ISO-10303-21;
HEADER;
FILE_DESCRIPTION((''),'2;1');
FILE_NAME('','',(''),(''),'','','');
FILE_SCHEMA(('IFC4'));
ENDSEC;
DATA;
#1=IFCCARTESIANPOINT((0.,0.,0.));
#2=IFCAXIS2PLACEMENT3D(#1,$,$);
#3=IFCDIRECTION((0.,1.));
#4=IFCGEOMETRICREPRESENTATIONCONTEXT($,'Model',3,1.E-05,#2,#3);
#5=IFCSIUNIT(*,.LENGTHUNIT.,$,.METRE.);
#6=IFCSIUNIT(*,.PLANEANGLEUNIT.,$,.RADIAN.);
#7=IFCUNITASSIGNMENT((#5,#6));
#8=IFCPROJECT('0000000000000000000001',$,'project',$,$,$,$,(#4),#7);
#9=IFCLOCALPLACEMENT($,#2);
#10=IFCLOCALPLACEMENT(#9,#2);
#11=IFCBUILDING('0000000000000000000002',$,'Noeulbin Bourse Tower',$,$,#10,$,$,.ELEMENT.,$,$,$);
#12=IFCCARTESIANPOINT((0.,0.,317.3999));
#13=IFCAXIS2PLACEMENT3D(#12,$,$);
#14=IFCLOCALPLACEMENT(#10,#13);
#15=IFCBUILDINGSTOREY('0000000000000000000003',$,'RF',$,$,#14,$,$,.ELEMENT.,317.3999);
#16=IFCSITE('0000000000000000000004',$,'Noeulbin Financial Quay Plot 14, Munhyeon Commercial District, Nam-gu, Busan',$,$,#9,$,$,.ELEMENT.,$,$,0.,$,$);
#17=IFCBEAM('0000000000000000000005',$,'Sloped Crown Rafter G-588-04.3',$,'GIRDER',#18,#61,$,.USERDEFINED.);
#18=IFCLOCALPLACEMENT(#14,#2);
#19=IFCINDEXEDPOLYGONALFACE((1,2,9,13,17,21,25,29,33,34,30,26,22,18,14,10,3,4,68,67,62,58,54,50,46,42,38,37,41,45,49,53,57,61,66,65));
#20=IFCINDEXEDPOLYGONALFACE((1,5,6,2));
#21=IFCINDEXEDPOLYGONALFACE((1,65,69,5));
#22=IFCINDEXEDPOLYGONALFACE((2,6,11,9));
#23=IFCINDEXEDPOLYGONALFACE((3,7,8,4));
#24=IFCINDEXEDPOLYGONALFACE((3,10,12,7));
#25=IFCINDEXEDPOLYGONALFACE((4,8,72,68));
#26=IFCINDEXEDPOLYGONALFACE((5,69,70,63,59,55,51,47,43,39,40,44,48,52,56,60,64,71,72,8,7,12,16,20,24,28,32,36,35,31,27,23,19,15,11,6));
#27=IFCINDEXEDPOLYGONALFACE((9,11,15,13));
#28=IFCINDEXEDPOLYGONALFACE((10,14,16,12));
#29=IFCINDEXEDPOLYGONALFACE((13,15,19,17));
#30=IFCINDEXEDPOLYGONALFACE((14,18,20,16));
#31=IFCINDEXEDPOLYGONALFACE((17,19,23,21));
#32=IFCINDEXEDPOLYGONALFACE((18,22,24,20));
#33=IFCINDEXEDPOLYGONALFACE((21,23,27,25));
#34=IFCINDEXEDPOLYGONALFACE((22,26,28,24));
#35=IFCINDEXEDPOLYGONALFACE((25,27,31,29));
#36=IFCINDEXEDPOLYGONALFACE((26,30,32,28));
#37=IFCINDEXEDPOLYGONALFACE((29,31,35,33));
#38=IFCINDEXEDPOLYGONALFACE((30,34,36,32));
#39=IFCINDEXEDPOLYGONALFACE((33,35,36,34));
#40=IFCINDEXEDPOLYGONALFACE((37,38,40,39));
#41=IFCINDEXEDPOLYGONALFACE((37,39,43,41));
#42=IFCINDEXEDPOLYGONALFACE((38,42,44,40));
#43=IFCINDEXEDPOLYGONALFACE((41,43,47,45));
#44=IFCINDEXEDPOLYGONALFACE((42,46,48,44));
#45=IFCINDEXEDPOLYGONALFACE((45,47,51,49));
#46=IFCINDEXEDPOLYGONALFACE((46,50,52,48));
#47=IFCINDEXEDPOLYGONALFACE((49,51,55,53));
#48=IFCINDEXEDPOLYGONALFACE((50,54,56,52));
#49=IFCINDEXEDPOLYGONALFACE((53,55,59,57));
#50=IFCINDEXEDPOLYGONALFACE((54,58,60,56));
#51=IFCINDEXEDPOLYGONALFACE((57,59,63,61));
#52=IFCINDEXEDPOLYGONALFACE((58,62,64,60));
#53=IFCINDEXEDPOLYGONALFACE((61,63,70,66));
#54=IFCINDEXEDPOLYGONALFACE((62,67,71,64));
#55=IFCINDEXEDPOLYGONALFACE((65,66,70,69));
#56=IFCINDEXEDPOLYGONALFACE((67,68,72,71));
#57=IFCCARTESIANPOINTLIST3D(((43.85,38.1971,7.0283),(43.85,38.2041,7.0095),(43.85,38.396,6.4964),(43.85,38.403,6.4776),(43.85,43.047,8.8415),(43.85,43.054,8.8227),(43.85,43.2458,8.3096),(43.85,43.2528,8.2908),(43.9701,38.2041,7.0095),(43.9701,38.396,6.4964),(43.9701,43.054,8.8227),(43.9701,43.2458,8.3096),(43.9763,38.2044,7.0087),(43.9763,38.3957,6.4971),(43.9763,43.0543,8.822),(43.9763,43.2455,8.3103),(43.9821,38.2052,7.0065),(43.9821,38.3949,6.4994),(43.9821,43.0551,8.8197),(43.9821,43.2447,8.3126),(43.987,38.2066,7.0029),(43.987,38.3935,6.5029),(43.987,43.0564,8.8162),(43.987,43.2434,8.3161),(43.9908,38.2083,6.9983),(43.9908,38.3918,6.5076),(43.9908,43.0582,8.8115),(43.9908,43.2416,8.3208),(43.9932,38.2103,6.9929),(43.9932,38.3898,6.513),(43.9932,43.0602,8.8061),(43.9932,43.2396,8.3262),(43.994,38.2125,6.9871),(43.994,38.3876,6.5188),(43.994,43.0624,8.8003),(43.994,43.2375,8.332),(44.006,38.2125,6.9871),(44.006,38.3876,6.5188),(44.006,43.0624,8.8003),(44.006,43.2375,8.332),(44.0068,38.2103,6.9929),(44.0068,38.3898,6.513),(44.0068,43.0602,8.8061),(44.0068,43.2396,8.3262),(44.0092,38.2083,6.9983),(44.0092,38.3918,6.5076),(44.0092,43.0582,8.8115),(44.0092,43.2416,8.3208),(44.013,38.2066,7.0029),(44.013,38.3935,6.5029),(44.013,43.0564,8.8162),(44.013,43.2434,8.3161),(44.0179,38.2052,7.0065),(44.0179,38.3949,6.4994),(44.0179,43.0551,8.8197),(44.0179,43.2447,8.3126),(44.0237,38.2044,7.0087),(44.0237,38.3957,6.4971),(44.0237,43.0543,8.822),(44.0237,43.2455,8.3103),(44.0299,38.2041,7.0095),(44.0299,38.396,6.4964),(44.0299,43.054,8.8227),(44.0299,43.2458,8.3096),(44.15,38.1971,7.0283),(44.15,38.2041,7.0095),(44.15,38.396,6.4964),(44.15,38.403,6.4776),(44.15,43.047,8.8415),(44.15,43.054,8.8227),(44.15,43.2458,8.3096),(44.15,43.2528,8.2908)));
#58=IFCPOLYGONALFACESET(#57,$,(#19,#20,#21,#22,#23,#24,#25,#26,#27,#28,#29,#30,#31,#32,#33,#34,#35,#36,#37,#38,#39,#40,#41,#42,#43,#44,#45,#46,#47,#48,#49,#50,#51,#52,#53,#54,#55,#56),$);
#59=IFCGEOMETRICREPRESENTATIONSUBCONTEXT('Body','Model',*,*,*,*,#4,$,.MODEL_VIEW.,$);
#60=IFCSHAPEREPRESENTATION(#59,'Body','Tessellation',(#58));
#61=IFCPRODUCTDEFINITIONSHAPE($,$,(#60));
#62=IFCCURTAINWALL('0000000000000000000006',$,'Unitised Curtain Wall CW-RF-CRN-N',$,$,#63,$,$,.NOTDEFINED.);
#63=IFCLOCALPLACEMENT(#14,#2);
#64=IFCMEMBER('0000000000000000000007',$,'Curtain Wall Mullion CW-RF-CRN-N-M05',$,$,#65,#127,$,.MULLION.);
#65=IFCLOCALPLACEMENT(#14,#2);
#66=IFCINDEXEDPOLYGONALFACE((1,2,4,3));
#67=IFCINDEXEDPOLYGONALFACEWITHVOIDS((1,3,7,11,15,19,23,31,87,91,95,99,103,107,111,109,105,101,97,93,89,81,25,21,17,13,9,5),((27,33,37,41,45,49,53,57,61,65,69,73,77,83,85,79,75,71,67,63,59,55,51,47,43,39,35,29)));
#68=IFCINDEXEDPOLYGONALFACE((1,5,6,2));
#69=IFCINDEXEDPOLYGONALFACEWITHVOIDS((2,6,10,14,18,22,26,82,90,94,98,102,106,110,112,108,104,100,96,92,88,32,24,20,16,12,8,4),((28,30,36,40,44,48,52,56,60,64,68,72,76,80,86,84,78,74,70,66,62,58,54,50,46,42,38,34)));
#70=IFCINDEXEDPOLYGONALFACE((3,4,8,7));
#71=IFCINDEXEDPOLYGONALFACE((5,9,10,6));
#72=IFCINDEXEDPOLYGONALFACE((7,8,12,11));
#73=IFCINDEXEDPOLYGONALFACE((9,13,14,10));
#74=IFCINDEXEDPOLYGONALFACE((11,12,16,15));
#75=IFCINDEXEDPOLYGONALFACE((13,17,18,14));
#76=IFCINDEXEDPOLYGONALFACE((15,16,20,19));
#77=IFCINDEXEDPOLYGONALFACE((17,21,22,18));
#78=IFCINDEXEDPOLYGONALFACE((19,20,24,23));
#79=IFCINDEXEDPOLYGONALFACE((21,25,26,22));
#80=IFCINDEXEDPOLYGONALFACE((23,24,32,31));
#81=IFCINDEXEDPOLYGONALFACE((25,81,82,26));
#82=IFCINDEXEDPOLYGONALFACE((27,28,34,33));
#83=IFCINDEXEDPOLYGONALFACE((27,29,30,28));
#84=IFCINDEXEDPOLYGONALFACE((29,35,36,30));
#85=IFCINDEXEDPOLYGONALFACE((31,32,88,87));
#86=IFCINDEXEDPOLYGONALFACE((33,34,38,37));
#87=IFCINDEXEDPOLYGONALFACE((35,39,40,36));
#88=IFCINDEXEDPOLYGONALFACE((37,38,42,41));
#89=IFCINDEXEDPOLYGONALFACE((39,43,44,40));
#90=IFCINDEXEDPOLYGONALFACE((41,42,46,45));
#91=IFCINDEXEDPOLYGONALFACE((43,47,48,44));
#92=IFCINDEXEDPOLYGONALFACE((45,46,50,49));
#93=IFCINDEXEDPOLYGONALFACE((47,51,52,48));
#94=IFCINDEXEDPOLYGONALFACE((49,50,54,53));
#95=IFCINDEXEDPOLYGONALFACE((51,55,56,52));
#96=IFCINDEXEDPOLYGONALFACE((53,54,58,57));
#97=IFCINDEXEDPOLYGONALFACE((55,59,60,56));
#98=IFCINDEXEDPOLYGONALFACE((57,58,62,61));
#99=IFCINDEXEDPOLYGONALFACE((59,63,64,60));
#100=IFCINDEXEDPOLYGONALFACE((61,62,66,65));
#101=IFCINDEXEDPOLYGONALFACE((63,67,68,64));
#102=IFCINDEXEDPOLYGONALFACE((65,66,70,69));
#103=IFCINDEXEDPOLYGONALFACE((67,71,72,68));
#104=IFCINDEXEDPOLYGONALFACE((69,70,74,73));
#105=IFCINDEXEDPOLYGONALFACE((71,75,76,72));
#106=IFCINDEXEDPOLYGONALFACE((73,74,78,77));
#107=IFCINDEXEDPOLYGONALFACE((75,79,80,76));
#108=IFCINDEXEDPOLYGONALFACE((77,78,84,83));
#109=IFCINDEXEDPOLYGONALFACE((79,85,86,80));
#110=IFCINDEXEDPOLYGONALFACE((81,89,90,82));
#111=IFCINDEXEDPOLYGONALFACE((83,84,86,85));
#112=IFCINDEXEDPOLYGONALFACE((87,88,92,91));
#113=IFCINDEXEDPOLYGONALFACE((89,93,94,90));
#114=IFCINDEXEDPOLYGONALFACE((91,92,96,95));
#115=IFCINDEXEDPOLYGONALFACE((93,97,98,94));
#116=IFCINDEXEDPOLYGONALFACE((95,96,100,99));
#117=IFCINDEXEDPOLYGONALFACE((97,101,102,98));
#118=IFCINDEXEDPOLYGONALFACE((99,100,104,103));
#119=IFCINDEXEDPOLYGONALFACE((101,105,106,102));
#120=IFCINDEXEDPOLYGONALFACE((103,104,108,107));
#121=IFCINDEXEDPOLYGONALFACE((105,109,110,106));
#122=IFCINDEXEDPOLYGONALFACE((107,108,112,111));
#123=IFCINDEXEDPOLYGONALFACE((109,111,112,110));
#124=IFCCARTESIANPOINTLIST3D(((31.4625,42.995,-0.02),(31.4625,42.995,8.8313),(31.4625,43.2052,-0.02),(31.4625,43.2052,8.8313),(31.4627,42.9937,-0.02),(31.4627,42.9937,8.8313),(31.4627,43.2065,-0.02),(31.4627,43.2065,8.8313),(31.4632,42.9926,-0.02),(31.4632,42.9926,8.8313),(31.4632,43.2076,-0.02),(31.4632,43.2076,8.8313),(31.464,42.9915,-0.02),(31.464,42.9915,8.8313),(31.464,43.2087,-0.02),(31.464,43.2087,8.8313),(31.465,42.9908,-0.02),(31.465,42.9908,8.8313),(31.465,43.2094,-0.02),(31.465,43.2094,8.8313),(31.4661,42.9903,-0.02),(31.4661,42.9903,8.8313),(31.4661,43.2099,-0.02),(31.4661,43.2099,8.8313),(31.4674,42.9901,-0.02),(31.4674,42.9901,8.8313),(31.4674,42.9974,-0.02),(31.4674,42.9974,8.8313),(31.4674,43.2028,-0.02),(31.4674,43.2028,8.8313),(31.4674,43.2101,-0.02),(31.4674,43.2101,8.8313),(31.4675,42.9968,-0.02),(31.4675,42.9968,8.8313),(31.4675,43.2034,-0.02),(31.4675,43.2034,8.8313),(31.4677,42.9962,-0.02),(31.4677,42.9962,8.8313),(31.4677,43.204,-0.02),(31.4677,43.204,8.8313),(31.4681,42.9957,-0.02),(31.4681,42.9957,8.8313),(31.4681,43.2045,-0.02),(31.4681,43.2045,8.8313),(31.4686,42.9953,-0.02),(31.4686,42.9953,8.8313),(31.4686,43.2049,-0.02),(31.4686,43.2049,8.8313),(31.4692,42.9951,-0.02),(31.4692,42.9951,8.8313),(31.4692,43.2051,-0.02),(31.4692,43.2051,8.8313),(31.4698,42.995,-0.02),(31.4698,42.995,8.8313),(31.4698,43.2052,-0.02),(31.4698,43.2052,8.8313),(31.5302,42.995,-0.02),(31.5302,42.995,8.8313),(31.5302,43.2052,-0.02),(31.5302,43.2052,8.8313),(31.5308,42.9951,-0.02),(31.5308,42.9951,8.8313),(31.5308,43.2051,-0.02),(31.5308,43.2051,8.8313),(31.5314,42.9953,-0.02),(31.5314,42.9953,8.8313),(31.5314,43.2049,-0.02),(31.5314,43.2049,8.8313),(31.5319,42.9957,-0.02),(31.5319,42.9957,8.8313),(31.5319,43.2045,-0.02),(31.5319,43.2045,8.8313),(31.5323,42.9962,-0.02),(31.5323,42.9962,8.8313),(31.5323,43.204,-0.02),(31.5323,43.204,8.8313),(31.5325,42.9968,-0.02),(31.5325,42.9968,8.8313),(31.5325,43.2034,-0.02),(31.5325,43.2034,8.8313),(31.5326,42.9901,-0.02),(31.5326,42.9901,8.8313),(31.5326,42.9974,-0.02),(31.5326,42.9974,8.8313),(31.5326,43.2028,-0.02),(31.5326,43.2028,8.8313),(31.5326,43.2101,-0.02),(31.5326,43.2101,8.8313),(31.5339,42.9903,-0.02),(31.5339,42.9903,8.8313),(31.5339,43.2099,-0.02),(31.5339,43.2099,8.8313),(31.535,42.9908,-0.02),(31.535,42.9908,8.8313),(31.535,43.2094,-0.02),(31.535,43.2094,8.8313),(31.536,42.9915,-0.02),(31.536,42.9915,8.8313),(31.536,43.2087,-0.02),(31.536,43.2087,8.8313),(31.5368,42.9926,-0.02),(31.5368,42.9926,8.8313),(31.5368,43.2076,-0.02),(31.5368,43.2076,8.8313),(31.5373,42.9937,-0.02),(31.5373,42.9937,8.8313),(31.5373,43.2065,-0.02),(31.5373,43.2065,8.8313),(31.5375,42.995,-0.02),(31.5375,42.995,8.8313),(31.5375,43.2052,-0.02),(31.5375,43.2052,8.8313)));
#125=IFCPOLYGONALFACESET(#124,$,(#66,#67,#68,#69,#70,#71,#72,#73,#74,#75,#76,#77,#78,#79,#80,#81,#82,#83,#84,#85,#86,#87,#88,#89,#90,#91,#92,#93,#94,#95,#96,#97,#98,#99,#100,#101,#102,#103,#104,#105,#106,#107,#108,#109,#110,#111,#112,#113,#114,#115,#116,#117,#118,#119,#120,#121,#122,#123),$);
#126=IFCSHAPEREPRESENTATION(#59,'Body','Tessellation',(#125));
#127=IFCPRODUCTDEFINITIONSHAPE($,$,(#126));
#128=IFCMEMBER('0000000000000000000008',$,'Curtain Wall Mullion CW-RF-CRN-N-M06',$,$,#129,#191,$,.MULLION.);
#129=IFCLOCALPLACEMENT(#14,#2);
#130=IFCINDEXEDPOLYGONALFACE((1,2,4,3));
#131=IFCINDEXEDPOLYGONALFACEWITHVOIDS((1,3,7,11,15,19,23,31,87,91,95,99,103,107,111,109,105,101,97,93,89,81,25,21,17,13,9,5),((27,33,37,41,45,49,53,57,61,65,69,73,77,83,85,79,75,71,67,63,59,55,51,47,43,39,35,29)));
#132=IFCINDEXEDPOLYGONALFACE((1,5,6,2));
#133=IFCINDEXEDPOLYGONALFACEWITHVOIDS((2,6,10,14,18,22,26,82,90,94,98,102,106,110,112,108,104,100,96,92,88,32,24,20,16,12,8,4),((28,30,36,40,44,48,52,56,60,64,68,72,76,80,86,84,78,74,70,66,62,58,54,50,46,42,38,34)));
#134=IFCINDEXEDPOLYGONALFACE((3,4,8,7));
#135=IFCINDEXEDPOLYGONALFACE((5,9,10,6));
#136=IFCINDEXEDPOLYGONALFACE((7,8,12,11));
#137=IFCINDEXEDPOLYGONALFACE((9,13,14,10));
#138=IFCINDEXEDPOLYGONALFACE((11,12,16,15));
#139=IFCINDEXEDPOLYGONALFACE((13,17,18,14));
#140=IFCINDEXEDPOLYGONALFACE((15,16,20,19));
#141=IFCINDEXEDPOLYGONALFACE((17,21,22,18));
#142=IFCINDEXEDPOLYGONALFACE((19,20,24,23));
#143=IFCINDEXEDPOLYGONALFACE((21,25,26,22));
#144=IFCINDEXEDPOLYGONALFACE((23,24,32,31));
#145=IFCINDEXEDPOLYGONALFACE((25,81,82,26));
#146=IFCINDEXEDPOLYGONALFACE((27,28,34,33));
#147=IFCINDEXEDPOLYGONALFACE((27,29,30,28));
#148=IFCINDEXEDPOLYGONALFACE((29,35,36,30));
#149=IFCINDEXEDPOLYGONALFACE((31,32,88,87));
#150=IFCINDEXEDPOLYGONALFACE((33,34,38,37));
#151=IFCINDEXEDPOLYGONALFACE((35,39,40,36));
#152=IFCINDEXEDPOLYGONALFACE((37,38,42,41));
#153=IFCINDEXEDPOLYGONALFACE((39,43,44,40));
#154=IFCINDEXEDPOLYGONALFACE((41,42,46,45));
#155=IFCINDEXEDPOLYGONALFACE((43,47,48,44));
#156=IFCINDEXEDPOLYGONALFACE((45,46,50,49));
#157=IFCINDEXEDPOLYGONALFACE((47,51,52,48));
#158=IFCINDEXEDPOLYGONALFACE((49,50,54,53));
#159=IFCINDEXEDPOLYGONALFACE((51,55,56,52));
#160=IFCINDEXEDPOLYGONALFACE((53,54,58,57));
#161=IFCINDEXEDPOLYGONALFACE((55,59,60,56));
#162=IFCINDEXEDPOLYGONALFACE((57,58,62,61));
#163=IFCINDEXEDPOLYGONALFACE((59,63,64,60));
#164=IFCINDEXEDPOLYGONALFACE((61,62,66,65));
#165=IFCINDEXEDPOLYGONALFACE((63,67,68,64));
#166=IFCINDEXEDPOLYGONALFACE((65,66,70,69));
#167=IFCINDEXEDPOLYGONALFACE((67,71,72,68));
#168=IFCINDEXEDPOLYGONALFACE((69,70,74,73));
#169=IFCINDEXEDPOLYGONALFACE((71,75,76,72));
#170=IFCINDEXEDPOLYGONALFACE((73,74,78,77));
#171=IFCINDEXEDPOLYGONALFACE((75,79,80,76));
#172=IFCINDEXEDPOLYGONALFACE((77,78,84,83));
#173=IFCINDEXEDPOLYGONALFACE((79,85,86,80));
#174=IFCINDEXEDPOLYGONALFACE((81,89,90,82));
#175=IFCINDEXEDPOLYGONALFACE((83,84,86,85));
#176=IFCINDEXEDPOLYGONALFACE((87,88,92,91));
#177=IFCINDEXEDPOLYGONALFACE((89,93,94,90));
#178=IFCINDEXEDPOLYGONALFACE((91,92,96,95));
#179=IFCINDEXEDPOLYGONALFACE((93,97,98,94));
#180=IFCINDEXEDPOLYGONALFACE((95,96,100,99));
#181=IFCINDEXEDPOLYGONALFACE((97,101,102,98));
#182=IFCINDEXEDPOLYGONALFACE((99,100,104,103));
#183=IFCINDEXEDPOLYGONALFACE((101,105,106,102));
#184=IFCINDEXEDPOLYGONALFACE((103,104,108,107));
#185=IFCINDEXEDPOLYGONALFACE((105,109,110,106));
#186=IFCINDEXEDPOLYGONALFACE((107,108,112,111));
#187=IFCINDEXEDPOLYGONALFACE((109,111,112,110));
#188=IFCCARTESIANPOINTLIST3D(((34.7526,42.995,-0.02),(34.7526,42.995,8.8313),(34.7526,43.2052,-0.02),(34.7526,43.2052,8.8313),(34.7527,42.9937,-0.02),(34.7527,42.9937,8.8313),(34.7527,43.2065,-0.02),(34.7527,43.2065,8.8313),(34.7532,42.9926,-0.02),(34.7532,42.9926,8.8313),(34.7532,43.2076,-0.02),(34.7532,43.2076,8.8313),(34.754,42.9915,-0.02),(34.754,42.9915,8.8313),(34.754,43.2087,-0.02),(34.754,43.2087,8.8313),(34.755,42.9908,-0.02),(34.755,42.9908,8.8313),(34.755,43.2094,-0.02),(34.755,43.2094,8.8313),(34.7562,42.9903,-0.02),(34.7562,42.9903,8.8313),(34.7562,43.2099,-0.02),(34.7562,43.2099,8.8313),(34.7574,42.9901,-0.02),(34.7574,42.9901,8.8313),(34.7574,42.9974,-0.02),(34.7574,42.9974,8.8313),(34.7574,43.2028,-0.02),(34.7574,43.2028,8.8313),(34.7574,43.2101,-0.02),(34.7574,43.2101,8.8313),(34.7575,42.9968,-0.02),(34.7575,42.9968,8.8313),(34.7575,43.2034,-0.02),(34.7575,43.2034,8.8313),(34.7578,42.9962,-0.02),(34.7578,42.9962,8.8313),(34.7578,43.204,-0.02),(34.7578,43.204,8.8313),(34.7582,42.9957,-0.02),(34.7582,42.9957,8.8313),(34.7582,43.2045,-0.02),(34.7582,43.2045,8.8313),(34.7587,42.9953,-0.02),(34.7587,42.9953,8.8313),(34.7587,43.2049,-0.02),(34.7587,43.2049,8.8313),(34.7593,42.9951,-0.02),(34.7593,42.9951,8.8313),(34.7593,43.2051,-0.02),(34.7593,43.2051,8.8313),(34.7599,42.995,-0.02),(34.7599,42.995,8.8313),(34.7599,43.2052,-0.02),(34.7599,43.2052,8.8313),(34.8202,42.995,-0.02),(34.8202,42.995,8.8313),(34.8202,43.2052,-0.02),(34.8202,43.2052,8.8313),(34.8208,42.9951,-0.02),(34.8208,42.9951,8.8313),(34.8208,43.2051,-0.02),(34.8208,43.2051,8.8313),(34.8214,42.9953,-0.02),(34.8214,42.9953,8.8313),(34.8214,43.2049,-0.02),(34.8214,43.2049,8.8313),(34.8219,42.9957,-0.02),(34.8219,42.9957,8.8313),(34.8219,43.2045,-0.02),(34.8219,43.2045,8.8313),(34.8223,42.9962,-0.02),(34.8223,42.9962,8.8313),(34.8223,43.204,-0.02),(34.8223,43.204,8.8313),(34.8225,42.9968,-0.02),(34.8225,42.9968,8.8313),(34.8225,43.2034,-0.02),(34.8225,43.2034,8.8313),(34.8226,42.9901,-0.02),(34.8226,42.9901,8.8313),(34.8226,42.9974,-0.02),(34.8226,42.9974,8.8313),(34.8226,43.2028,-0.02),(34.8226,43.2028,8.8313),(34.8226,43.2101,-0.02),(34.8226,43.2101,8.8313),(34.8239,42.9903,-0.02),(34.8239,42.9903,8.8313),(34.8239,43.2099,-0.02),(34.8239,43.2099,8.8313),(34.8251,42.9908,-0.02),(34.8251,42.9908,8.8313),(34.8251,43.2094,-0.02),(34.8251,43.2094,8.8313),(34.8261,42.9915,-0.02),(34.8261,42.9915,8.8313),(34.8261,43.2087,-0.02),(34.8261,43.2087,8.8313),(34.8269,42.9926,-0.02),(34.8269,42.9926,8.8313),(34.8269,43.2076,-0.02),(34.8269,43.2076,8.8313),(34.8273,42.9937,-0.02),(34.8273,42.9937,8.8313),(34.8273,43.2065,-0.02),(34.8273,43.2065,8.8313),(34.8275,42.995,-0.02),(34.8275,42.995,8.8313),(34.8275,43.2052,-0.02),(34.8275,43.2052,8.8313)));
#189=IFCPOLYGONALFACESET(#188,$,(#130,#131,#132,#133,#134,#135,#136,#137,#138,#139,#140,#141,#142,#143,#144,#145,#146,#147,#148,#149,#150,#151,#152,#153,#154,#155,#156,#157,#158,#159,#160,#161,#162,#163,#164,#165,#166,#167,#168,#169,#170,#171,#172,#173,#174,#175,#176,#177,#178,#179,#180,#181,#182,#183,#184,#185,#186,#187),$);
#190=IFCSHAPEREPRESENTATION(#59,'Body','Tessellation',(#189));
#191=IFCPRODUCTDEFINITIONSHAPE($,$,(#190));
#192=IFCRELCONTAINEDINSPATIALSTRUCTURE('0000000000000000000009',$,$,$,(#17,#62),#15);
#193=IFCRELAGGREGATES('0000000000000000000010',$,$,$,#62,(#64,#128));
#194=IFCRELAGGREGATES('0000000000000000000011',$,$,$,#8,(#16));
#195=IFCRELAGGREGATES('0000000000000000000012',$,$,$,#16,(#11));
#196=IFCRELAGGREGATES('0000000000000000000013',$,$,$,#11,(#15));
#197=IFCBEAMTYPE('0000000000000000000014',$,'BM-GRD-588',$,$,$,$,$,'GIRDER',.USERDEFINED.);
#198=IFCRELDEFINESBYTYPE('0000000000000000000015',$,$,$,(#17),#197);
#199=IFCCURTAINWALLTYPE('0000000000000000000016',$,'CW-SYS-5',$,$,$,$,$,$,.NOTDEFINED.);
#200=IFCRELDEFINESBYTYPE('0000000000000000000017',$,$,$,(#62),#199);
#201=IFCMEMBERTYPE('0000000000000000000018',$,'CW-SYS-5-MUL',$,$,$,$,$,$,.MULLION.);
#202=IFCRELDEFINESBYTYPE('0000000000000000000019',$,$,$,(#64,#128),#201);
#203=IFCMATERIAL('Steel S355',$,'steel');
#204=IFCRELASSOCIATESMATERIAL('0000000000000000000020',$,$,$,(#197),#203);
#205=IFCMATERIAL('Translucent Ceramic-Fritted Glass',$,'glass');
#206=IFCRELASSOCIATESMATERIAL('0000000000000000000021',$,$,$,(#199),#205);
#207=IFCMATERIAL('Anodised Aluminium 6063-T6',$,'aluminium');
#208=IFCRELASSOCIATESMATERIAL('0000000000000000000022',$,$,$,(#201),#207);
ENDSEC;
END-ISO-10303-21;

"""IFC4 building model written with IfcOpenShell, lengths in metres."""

from ifc_helpers import new_model, si_unit, direction, frame, origin, origin_2d, place, context, subcontext, project, spatial, hollow_rectangle, i_section, extrude, material, material_profile, profile_set, type_object, element, aggregate, save


model = new_model("IFC4")

# Units and contexts
model_context = context("Model", 3, precision=1e-05, world=origin(), true_north=direction((0.0, 1.0)))
body_context = subcontext(model_context, "Body", "Model", "MODEL_VIEW")
ifc_project = project(units=[si_unit("LENGTHUNIT", "METRE"), si_unit("PLANEANGLEUNIT", "RADIAN")], contexts=[model_context])

# Site, building, storey
site_placement = place(None, origin())
site = spatial("IfcSite", under=ifc_project, at=site_placement, Name="Noeulbin Financial Quay Plot 14, Munhyeon Commercial District, Nam-gu, Busan", CompositionType="ELEMENT", RefElevation=0.0)
building_placement = place(site_placement, origin())
building = spatial("IfcBuilding", under=site, at=building_placement, Name="Noeulbin Bourse Tower", CompositionType="ELEMENT")
storey_placement = place(building_placement, frame((0.0, 0.0, 317.3999)))
storey = spatial("IfcBuildingStorey", under=building, at=storey_placement, Name="RF", CompositionType="ELEMENT", Elevation=317.3999)

# Shared definitions
ifc_material_1 = material(Name="Steel S355", Category="steel")

# Beam
ifc_material_profile_1 = material_profile(ifc_material_1, i_section(OverallWidth=0.3, OverallDepth=0.5879, WebThickness=0.012, FlangeThickness=0.02, FilletRadius=0.0239, at=origin_2d()), Name="H-588x300x12x20", Category="LoadBearing")
ifc_profile_set_1 = profile_set([ifc_material_profile_1], Name="Steel S355")
beam_type = type_object("IfcBeamType", Name="BM-GRD-588", ElementType="GIRDER", PredefinedType="USERDEFINED", material=ifc_profile_set_1)
for number, where, z_axis, x_axis, name in (
    (1, (44.0, 38.3, 6.7529), (0.0, 0.936676, 0.350198), (-1.0, 0.0, 0.0), "Sloped Crown Rafter G-588-04.3"),
):
    element("IfcBeam", number, at=place(storey_placement, frame(where, z_axis=z_axis, x_axis=x_axis)), inside=storey, type_object=beam_type, Name=name, ObjectType="GIRDER", PredefinedType="USERDEFINED", context=body_context, shape_type="SweptSolid", body=[
        extrude(i_section(OverallWidth=0.3, OverallDepth=0.5879, WebThickness=0.012, FlangeThickness=0.02, FilletRadius=0.0239, at=origin_2d()), origin(), (0.0, 0.0, 1.0), 5.1777),
    ])

# Curtain wall, members
ifc_material_2 = material(Name="Translucent Ceramic-Fritted Glass", Category="glass")
curtain_wall_type = type_object("IfcCurtainWallType", Name="CW-SYS-5", PredefinedType="NOTDEFINED", material=ifc_material_2)
curtain_wall_1_placement = place(storey_placement, origin())
curtain_wall_1 = element("IfcCurtainWall", 2, at=curtain_wall_1_placement, inside=storey, type_object=curtain_wall_type, Name="Unitised Curtain Wall CW-RF-CRN-N", PredefinedType="NOTDEFINED")
ifc_material_3 = material(Name="Anodised Aluminium 6063-T6", Category="aluminium")
ifc_material_profile_2 = material_profile(ifc_material_3, hollow_rectangle(XDim=0.075, YDim=0.22, WallThickness=0.0049, InnerFilletRadius=0.0024, OuterFilletRadius=0.0049, at=origin_2d()), Name="ALU-MULL-75x220x5", Category="LoadBearing")
ifc_profile_set_2 = profile_set([ifc_material_profile_2], Name="Anodised Aluminium 6063-T6")
member_type_1 = type_object("IfcMemberType", Name="CW-SYS-5-MUL", PredefinedType="MULLION", material=ifc_profile_set_2)
member_1_placement = place(storey_placement, frame((31.5, 43.1001, -0.02), z_axis=(0.0, 0.0, 1.0), x_axis=(1.0, 0.0, 0.0)))
member_1 = element("IfcMember", 3, at=member_1_placement, type_object=member_type_1, Name="Curtain Wall Mullion CW-RF-CRN-N-M05", PredefinedType="MULLION", context=body_context, shape_type="SweptSolid", body=[
    extrude(hollow_rectangle(XDim=0.075, YDim=0.22, WallThickness=0.0049, InnerFilletRadius=0.0024, OuterFilletRadius=0.0049, at=origin_2d()), origin(), (0.0, 0.0, 1.0), 8.8513),
])
member_2_placement = place(storey_placement, frame((34.79, 43.1001, -0.02), z_axis=(0.0, 0.0, 1.0), x_axis=(1.0, 0.0, 0.0)))
member_2 = element("IfcMember", 4, at=member_2_placement, type_object=member_type_1, Name="Curtain Wall Mullion CW-RF-CRN-N-M06", PredefinedType="MULLION", context=body_context, shape_type="SweptSolid", body=[
    extrude(hollow_rectangle(XDim=0.075, YDim=0.22, WallThickness=0.0049, InnerFilletRadius=0.0024, OuterFilletRadius=0.0049, at=origin_2d()), origin(), (0.0, 0.0, 1.0), 8.8513),
])

aggregate(curtain_wall_1, [member_1, member_2])

save(model, "model.ifc")
